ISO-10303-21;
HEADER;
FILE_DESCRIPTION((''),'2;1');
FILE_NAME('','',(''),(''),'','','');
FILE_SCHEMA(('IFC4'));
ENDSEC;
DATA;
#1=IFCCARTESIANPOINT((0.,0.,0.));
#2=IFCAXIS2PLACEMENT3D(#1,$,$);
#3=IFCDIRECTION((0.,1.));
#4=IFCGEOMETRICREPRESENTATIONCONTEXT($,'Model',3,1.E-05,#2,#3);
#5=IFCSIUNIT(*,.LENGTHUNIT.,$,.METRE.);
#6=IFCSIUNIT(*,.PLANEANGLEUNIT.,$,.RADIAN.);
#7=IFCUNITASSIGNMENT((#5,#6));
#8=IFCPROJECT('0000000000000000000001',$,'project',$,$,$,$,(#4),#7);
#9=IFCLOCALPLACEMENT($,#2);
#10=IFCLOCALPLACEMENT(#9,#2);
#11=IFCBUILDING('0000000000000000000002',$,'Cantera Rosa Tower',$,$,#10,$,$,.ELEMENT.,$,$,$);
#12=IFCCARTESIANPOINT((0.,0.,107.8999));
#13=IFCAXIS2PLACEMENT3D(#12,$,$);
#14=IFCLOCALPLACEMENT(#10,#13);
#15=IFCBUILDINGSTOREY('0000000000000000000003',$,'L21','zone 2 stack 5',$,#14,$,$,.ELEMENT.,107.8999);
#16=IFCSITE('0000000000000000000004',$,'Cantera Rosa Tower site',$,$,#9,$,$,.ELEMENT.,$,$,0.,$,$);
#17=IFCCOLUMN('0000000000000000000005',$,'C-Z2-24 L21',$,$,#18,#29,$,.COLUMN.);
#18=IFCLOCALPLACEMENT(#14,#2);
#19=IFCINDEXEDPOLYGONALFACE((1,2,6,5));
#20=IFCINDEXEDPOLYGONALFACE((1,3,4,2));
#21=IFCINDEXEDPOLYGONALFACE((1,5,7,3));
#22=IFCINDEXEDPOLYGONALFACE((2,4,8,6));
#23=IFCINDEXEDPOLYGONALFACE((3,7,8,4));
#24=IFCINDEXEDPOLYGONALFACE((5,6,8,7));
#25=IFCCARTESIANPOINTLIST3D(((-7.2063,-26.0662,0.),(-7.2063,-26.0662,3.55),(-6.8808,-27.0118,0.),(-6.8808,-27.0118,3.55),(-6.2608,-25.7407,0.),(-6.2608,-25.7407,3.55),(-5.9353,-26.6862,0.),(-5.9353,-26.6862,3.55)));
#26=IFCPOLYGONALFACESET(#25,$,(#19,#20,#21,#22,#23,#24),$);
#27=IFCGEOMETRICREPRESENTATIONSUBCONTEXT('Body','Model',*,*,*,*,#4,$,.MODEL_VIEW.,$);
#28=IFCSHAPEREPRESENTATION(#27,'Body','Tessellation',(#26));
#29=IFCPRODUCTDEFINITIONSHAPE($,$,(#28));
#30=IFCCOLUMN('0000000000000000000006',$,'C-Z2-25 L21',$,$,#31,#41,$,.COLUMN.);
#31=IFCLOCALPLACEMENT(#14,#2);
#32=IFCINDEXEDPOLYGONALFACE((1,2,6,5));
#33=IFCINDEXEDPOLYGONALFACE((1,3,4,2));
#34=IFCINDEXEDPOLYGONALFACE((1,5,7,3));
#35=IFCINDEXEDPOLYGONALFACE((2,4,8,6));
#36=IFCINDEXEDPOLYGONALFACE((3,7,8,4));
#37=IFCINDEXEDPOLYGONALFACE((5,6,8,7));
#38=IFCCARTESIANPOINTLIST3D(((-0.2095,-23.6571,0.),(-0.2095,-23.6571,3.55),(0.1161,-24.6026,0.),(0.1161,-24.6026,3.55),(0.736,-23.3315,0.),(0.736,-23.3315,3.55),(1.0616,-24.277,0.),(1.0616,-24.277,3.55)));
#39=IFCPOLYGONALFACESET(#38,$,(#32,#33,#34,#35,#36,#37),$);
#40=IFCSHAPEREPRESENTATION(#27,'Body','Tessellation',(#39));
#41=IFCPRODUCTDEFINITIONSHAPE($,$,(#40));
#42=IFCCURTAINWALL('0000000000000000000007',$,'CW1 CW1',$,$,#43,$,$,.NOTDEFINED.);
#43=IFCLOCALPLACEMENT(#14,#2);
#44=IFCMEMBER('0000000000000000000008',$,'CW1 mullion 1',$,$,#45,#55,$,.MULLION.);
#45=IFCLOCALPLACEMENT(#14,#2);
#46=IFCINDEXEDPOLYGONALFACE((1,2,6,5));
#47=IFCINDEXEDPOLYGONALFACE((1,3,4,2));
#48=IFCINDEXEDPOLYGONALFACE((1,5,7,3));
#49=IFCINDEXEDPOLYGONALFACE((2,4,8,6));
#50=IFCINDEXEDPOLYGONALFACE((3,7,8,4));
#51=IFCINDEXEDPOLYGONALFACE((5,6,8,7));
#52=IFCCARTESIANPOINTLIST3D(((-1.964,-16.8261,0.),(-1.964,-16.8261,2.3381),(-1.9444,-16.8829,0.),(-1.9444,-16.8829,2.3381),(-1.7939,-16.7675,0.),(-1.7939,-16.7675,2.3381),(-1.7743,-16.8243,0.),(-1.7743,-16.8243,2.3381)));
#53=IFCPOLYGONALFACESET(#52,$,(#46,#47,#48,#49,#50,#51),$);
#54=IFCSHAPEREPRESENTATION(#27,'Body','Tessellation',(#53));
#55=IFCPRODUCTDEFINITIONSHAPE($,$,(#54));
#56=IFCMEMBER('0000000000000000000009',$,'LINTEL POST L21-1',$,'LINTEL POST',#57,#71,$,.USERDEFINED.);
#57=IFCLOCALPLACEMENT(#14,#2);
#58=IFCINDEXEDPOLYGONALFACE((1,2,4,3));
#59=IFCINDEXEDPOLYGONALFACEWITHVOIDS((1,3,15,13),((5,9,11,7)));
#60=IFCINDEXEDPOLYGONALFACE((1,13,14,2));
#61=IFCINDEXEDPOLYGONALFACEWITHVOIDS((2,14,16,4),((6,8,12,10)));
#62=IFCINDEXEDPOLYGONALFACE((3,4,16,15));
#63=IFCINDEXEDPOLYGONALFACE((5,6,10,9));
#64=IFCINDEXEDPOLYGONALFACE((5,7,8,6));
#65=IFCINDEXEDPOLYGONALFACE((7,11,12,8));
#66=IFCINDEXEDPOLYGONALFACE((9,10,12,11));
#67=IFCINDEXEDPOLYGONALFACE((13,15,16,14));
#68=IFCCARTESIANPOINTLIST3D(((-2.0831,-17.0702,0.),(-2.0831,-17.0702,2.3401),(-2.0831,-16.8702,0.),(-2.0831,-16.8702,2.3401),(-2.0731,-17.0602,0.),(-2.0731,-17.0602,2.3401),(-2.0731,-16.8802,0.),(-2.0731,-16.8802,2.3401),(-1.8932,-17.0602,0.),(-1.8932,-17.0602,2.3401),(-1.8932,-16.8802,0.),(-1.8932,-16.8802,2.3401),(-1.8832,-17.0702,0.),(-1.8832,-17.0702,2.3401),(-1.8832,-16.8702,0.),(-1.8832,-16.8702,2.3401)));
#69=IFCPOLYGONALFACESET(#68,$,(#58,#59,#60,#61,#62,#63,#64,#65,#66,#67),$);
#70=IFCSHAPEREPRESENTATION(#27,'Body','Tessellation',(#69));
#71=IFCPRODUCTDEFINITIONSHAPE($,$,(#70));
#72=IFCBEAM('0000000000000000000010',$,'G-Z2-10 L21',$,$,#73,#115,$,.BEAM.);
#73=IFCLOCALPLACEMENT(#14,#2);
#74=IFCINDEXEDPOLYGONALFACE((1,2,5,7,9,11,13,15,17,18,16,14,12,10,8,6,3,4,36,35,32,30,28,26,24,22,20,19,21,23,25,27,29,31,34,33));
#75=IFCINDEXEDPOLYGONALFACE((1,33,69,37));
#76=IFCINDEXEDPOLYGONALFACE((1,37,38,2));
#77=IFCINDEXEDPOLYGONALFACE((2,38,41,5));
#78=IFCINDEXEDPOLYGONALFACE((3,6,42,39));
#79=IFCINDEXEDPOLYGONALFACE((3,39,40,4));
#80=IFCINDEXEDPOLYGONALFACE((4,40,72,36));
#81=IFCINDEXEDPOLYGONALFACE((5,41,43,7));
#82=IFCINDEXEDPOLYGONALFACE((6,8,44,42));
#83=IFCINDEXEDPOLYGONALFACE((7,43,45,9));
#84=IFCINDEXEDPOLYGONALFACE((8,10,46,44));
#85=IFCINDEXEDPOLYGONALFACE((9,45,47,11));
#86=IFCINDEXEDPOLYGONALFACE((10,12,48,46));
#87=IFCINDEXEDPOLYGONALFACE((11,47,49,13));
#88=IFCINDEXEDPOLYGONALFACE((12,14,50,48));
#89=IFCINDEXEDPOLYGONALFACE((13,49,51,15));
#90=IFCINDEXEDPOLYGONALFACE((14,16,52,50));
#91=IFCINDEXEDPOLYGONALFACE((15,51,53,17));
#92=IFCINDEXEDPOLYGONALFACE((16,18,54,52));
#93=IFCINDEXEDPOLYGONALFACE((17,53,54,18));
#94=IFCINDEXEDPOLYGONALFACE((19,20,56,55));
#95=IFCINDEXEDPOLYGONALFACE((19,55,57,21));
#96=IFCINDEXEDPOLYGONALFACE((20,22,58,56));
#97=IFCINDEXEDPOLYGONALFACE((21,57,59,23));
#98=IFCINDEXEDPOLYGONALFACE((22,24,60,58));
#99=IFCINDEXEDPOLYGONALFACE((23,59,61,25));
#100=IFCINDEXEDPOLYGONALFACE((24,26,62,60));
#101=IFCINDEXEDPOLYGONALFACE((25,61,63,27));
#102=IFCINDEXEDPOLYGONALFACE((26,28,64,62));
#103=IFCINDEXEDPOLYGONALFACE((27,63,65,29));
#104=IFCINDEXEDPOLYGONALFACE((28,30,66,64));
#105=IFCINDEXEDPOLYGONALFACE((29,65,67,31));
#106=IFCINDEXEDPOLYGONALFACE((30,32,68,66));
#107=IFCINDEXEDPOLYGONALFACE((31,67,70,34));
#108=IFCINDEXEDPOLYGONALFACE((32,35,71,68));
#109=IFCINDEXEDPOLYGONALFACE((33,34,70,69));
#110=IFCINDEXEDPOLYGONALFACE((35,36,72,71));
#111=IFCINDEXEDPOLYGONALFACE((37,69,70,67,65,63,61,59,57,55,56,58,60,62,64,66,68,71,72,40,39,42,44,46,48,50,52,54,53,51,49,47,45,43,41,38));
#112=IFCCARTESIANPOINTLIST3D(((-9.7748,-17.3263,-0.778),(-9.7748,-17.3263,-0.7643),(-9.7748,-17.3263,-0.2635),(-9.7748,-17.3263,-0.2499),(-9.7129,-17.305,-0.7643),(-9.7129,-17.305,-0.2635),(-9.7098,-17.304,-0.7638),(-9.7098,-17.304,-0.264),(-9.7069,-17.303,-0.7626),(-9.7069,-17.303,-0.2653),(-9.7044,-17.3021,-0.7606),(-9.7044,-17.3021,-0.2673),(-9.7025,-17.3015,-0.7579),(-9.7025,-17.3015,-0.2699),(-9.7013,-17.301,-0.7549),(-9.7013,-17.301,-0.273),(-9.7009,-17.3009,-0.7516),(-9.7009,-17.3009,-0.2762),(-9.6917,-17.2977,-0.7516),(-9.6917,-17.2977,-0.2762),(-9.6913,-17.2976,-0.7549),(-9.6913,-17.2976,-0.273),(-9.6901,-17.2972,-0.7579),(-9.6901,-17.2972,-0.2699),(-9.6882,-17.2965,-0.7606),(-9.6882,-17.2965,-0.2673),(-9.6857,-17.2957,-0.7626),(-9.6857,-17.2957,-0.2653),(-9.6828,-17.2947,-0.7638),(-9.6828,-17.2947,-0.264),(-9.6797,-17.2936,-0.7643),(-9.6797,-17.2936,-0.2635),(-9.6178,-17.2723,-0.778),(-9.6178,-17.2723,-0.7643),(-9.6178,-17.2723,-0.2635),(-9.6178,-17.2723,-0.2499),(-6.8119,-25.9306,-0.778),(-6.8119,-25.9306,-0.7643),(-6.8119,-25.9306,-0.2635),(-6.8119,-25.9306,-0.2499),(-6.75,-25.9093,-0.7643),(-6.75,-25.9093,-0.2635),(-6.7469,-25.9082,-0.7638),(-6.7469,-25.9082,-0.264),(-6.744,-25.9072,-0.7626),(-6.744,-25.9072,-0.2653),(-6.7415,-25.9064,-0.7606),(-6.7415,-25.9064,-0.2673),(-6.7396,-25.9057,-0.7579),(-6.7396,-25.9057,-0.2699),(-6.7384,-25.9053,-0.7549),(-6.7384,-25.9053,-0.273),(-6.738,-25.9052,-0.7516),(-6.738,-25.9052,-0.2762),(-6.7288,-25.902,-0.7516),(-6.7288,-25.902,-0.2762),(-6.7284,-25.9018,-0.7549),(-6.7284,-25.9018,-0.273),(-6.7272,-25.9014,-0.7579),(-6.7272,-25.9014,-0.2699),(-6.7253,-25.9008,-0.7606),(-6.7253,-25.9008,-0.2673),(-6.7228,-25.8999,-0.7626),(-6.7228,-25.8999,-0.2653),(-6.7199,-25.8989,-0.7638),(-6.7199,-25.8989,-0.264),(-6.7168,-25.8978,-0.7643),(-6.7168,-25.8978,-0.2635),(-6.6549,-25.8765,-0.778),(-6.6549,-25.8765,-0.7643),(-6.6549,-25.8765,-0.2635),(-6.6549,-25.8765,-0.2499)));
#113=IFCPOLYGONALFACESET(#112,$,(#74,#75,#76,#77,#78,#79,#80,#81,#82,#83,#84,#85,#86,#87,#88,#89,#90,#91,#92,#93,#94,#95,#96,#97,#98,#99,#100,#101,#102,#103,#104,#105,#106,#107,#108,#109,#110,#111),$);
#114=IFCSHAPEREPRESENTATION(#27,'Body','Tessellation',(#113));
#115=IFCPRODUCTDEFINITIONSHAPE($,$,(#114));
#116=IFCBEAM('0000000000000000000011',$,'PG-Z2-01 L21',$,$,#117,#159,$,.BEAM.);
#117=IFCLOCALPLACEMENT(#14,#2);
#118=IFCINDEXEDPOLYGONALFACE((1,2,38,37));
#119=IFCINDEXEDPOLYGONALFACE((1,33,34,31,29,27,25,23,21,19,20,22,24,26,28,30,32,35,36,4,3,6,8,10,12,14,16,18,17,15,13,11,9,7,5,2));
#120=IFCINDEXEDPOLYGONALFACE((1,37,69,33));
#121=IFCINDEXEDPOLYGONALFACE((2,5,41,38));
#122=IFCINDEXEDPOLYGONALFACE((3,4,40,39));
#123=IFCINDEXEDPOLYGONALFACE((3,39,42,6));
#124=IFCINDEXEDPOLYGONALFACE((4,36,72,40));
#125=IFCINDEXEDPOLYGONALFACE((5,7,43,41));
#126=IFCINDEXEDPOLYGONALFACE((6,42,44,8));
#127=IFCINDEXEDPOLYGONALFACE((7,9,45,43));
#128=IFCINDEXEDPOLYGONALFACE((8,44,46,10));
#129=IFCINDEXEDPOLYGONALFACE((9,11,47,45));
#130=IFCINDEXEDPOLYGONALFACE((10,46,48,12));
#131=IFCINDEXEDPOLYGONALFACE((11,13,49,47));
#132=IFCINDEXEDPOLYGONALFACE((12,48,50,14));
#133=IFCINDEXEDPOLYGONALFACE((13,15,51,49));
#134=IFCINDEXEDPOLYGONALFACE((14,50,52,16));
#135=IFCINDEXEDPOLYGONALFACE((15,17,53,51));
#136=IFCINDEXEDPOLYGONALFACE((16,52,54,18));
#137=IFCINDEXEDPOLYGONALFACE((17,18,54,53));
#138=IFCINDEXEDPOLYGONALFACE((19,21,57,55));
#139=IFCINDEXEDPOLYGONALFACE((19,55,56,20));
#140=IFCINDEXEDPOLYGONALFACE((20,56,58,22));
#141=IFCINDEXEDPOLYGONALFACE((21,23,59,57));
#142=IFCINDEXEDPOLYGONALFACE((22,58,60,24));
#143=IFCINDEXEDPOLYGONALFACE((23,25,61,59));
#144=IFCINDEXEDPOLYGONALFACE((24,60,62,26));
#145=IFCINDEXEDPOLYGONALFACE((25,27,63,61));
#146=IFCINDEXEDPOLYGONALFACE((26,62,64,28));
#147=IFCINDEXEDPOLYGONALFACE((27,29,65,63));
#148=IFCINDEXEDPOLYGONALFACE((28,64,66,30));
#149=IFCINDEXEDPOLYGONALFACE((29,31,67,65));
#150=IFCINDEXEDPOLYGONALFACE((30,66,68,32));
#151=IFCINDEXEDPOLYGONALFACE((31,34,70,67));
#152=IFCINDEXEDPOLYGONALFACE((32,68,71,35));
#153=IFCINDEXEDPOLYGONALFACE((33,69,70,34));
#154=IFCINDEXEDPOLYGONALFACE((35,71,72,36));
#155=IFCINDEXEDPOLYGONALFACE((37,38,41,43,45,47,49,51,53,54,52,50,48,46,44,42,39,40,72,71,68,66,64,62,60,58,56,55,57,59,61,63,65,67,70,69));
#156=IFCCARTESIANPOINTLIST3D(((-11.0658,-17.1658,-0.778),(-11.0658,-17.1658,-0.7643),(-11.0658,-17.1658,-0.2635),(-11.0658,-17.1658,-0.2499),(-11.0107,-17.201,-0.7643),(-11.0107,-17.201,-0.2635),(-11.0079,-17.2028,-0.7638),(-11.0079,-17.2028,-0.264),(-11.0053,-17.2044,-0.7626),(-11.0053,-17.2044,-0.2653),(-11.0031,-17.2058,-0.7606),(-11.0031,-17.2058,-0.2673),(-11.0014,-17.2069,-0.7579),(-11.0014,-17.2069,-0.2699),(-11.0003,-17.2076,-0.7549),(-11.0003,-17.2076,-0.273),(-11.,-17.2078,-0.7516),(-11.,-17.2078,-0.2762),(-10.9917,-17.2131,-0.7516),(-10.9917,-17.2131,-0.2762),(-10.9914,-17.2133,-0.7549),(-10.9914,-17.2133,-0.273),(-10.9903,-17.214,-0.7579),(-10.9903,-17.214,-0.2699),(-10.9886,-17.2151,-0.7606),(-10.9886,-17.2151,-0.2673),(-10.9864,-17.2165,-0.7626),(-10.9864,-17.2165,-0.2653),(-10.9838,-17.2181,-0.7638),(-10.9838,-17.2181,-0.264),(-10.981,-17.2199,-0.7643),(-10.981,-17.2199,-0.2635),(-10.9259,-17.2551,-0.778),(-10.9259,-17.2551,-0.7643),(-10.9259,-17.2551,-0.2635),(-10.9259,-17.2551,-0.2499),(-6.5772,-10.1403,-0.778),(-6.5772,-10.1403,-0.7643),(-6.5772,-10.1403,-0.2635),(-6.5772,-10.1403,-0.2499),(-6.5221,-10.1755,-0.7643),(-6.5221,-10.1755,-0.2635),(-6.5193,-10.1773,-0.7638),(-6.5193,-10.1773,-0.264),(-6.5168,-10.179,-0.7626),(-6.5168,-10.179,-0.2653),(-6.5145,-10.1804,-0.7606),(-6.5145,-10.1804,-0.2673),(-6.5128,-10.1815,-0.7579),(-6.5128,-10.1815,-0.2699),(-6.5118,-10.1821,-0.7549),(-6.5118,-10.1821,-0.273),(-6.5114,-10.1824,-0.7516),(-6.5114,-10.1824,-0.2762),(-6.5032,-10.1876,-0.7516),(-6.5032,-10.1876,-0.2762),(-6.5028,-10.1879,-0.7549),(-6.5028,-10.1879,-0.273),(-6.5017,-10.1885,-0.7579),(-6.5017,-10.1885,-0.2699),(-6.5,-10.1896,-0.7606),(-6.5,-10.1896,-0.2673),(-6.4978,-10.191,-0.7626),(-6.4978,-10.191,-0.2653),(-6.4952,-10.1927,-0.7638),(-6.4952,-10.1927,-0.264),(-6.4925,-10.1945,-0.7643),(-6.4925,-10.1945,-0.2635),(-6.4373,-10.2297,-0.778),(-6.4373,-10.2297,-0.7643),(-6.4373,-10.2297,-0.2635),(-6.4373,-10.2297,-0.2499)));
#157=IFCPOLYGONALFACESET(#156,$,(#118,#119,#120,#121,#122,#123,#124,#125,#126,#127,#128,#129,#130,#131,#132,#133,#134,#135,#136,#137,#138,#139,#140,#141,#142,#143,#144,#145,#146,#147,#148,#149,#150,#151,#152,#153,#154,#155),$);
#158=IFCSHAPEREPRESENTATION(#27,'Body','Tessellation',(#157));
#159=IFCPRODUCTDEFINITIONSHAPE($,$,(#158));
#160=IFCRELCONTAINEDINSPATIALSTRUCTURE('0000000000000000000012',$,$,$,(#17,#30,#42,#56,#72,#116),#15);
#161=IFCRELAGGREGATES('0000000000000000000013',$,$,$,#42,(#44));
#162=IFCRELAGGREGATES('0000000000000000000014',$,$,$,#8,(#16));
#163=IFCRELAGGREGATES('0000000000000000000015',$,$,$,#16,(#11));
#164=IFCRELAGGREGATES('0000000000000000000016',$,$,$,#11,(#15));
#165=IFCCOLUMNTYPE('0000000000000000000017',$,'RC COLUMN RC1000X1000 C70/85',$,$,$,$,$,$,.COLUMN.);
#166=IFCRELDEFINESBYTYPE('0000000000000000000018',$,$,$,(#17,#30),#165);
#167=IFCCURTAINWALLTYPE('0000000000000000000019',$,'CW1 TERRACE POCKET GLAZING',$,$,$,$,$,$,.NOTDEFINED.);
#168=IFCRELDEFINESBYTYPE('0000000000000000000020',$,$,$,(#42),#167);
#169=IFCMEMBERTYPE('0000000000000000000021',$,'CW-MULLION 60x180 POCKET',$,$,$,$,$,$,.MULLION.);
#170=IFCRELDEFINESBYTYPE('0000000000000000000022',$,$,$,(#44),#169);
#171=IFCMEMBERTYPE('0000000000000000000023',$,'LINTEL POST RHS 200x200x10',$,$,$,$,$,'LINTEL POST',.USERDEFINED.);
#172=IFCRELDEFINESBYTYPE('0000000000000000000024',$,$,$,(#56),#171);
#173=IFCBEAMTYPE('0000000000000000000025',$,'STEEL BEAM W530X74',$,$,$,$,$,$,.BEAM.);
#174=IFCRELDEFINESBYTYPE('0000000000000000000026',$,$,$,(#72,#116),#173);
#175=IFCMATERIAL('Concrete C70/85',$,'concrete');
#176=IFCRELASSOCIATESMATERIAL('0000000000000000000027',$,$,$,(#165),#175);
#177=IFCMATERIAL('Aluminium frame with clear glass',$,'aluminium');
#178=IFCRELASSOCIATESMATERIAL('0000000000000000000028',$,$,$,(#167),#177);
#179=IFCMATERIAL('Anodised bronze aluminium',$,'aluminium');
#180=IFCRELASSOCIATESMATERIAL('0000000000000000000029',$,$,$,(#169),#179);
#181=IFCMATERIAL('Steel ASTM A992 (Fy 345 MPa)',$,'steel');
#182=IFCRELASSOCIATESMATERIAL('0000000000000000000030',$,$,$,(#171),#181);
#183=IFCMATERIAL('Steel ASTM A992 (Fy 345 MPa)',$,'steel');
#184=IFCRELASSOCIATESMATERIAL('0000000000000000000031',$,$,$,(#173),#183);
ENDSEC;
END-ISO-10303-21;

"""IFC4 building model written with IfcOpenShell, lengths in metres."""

from ifc_helpers import new_model, si_unit, direction, frame, origin, origin_2d, place, context, subcontext, project, spatial, rectangle, hollow_rectangle, i_section, extrude, material, material_profile, profile_set, type_object, element, aggregate, save


model = new_model("IFC4")

# Units and contexts
model_context = context("Model", 3, precision=1e-05, world=origin(), true_north=direction((0.0, 1.0)))
body_context = subcontext(model_context, "Body", "Model", "MODEL_VIEW")
ifc_project = project(units=[si_unit("LENGTHUNIT", "METRE"), si_unit("PLANEANGLEUNIT", "RADIAN")], contexts=[model_context])

# Site, building, storey
site_placement = place(None, origin())
site = spatial("IfcSite", under=ifc_project, at=site_placement, Name="Cantera Rosa Tower site", CompositionType="ELEMENT", RefElevation=0.0)
building_placement = place(site_placement, origin())
building = spatial("IfcBuilding", under=site, at=building_placement, Name="Cantera Rosa Tower", CompositionType="ELEMENT")
storey_placement = place(building_placement, frame((0.0, 0.0, 107.8999)))
storey = spatial("IfcBuildingStorey", under=building, at=storey_placement, Name="L21", Description="zone 2 stack 5", CompositionType="ELEMENT", Elevation=107.8999)

# Columns
ifc_material_1 = material(Name="Concrete C70/85", Category="concrete")
ifc_material_profile_1 = material_profile(ifc_material_1, rectangle(XDim=1.0, YDim=1.0, at=origin_2d()), Name="RC COLUMN RC1000X1000 C70/85")
ifc_profile_set_1 = profile_set([ifc_material_profile_1], Name="Concrete C70/85")
column_type = type_object("IfcColumnType", Name="RC COLUMN RC1000X1000 C70/85", PredefinedType="COLUMN", material=ifc_profile_set_1)
for number, where, z_axis, x_axis, name in (
    (1, (-6.5708, -26.3762, 0.0), (0.0, 0.0, 1.0), (0.945519, 0.325568, 0.0), "C-Z2-24 L21"),
    (2, (0.426, -23.967, 0.0), (0.0, 0.0, 1.0), (0.945519, 0.325568, 0.0), "C-Z2-25 L21"),
):
    element("IfcColumn", number, at=place(storey_placement, frame(where, z_axis=z_axis, x_axis=x_axis)), inside=storey, type_object=column_type, Name=name, PredefinedType="COLUMN", context=body_context, shape_type="SweptSolid", body=[
        extrude(rectangle(XDim=1.0, YDim=1.0, at=origin_2d()), origin(), (0.0, 0.0, 1.0), 3.55),
    ])

# Curtain wall, member
ifc_material_2 = material(Name="Aluminium frame with clear glass", Category="aluminium")
curtain_wall_type = type_object("IfcCurtainWallType", Name="CW1 TERRACE POCKET GLAZING", PredefinedType="NOTDEFINED", material=ifc_material_2)
curtain_wall_placement = place(storey_placement, origin())
curtain_wall = element("IfcCurtainWall", 3, at=curtain_wall_placement, inside=storey, type_object=curtain_wall_type, Name="CW1 CW1", PredefinedType="NOTDEFINED")
ifc_material_3 = material(Name="Anodised bronze aluminium", Category="aluminium")
ifc_material_profile_2 = material_profile(ifc_material_3, rectangle(XDim=0.0601, YDim=0.1799, at=origin_2d()), Name="CW-MULLION 60x180 POCKET")
ifc_profile_set_2 = profile_set([ifc_material_profile_2], Name="Anodised bronze aluminium")
member_type_1 = type_object("IfcMemberType", Name="CW-MULLION 60x180 POCKET", PredefinedType="MULLION", material=ifc_profile_set_2)
member_1_placement = place(storey_placement, frame((-1.8691, -16.8252, 0.0), z_axis=(0.0, 0.0, 1.0), x_axis=(-0.325568, 0.945519, 0.0)))
member_1 = element("IfcMember", 4, at=member_1_placement, type_object=member_type_1, Name="CW1 mullion 1", PredefinedType="MULLION", context=body_context, shape_type="SweptSolid", body=[
    extrude(rectangle(XDim=0.0601, YDim=0.1799, at=origin_2d()), origin(), (0.0, 0.0, 1.0), 2.3381),
])
aggregate(curtain_wall, [member_1])

# Member
ifc_material_4 = material(Name="Steel ASTM A992 (Fy 345 MPa)", Category="steel")
ifc_material_profile_3 = material_profile(ifc_material_4, hollow_rectangle(XDim=0.2, YDim=0.2, WallThickness=0.01, at=origin_2d()), Name="LINTEL POST RHS 200x200x10")
ifc_profile_set_3 = profile_set([ifc_material_profile_3], Name="Steel ASTM A992 (Fy 345 MPa)")
member_type_2 = type_object("IfcMemberType", Name="LINTEL POST RHS 200x200x10", ElementType="LINTEL POST", PredefinedType="USERDEFINED", material=ifc_profile_set_3)
member_2_placement = place(storey_placement, frame((-1.9832, -16.9702, 0.0), z_axis=(0.0, 0.0, 1.0), x_axis=(1.0, 0.0, 0.0)))
element("IfcMember", 5, at=member_2_placement, inside=storey, type_object=member_type_2, Name="LINTEL POST L21-1", ObjectType="LINTEL POST", PredefinedType="USERDEFINED", context=body_context, shape_type="SweptSolid", body=[
    extrude(hollow_rectangle(XDim=0.2, YDim=0.2, WallThickness=0.01, at=origin_2d()), origin(), (0.0, 0.0, 1.0), 2.3401),
])

# Beams
ifc_material_5 = material(Name="Steel ASTM A992 (Fy 345 MPa)", Category="steel")
ifc_material_profile_4 = material_profile(ifc_material_5, i_section(OverallWidth=0.166, OverallDepth=0.5281, WebThickness=0.0098, FlangeThickness=0.0137, FilletRadius=0.0127, at=origin_2d()), Name="W530X74")
ifc_profile_set_4 = profile_set([ifc_material_profile_4], Name="Steel ASTM A992 (Fy 345 MPa)")
beam_type_1 = type_object("IfcBeamType", Name="STEEL BEAM W530X74", PredefinedType="BEAM", material=ifc_profile_set_4)
beam_1_placement = place(storey_placement, frame((-6.7334, -25.9036, -0.5139), z_axis=(-0.325589, 0.945511, 0.0), x_axis=(-0.945511, -0.325589, 0.0)))
element("IfcBeam", 6, at=beam_1_placement, inside=storey, type_object=beam_type_1, Name="G-Z2-10 L21", PredefinedType="BEAM", context=body_context, shape_type="SweptSolid", body=[
    extrude(i_section(OverallWidth=0.166, OverallDepth=0.5281, WebThickness=0.0098, FlangeThickness=0.0137, FilletRadius=0.0127, at=origin_2d()), origin(), (0.0, 0.0, 1.0), 9.1001),
])
beam_2_placement = place(storey_placement, frame((-10.9958, -17.2104, -0.5139), z_axis=(0.538396, 0.842692, 0.0), x_axis=(-0.842692, 0.538396, 0.0)))
element("IfcBeam", 7, at=beam_2_placement, inside=storey, type_object=beam_type_1, Name="PG-Z2-01 L21", PredefinedType="BEAM", context=body_context, shape_type="SweptSolid", body=[
    extrude(i_section(OverallWidth=0.166, OverallDepth=0.5281, WebThickness=0.0098, FlangeThickness=0.0137, FilletRadius=0.0127, at=origin_2d()), origin(), (0.0, 0.0, 1.0), 8.3369),
])

save(model, "model.ifc")
